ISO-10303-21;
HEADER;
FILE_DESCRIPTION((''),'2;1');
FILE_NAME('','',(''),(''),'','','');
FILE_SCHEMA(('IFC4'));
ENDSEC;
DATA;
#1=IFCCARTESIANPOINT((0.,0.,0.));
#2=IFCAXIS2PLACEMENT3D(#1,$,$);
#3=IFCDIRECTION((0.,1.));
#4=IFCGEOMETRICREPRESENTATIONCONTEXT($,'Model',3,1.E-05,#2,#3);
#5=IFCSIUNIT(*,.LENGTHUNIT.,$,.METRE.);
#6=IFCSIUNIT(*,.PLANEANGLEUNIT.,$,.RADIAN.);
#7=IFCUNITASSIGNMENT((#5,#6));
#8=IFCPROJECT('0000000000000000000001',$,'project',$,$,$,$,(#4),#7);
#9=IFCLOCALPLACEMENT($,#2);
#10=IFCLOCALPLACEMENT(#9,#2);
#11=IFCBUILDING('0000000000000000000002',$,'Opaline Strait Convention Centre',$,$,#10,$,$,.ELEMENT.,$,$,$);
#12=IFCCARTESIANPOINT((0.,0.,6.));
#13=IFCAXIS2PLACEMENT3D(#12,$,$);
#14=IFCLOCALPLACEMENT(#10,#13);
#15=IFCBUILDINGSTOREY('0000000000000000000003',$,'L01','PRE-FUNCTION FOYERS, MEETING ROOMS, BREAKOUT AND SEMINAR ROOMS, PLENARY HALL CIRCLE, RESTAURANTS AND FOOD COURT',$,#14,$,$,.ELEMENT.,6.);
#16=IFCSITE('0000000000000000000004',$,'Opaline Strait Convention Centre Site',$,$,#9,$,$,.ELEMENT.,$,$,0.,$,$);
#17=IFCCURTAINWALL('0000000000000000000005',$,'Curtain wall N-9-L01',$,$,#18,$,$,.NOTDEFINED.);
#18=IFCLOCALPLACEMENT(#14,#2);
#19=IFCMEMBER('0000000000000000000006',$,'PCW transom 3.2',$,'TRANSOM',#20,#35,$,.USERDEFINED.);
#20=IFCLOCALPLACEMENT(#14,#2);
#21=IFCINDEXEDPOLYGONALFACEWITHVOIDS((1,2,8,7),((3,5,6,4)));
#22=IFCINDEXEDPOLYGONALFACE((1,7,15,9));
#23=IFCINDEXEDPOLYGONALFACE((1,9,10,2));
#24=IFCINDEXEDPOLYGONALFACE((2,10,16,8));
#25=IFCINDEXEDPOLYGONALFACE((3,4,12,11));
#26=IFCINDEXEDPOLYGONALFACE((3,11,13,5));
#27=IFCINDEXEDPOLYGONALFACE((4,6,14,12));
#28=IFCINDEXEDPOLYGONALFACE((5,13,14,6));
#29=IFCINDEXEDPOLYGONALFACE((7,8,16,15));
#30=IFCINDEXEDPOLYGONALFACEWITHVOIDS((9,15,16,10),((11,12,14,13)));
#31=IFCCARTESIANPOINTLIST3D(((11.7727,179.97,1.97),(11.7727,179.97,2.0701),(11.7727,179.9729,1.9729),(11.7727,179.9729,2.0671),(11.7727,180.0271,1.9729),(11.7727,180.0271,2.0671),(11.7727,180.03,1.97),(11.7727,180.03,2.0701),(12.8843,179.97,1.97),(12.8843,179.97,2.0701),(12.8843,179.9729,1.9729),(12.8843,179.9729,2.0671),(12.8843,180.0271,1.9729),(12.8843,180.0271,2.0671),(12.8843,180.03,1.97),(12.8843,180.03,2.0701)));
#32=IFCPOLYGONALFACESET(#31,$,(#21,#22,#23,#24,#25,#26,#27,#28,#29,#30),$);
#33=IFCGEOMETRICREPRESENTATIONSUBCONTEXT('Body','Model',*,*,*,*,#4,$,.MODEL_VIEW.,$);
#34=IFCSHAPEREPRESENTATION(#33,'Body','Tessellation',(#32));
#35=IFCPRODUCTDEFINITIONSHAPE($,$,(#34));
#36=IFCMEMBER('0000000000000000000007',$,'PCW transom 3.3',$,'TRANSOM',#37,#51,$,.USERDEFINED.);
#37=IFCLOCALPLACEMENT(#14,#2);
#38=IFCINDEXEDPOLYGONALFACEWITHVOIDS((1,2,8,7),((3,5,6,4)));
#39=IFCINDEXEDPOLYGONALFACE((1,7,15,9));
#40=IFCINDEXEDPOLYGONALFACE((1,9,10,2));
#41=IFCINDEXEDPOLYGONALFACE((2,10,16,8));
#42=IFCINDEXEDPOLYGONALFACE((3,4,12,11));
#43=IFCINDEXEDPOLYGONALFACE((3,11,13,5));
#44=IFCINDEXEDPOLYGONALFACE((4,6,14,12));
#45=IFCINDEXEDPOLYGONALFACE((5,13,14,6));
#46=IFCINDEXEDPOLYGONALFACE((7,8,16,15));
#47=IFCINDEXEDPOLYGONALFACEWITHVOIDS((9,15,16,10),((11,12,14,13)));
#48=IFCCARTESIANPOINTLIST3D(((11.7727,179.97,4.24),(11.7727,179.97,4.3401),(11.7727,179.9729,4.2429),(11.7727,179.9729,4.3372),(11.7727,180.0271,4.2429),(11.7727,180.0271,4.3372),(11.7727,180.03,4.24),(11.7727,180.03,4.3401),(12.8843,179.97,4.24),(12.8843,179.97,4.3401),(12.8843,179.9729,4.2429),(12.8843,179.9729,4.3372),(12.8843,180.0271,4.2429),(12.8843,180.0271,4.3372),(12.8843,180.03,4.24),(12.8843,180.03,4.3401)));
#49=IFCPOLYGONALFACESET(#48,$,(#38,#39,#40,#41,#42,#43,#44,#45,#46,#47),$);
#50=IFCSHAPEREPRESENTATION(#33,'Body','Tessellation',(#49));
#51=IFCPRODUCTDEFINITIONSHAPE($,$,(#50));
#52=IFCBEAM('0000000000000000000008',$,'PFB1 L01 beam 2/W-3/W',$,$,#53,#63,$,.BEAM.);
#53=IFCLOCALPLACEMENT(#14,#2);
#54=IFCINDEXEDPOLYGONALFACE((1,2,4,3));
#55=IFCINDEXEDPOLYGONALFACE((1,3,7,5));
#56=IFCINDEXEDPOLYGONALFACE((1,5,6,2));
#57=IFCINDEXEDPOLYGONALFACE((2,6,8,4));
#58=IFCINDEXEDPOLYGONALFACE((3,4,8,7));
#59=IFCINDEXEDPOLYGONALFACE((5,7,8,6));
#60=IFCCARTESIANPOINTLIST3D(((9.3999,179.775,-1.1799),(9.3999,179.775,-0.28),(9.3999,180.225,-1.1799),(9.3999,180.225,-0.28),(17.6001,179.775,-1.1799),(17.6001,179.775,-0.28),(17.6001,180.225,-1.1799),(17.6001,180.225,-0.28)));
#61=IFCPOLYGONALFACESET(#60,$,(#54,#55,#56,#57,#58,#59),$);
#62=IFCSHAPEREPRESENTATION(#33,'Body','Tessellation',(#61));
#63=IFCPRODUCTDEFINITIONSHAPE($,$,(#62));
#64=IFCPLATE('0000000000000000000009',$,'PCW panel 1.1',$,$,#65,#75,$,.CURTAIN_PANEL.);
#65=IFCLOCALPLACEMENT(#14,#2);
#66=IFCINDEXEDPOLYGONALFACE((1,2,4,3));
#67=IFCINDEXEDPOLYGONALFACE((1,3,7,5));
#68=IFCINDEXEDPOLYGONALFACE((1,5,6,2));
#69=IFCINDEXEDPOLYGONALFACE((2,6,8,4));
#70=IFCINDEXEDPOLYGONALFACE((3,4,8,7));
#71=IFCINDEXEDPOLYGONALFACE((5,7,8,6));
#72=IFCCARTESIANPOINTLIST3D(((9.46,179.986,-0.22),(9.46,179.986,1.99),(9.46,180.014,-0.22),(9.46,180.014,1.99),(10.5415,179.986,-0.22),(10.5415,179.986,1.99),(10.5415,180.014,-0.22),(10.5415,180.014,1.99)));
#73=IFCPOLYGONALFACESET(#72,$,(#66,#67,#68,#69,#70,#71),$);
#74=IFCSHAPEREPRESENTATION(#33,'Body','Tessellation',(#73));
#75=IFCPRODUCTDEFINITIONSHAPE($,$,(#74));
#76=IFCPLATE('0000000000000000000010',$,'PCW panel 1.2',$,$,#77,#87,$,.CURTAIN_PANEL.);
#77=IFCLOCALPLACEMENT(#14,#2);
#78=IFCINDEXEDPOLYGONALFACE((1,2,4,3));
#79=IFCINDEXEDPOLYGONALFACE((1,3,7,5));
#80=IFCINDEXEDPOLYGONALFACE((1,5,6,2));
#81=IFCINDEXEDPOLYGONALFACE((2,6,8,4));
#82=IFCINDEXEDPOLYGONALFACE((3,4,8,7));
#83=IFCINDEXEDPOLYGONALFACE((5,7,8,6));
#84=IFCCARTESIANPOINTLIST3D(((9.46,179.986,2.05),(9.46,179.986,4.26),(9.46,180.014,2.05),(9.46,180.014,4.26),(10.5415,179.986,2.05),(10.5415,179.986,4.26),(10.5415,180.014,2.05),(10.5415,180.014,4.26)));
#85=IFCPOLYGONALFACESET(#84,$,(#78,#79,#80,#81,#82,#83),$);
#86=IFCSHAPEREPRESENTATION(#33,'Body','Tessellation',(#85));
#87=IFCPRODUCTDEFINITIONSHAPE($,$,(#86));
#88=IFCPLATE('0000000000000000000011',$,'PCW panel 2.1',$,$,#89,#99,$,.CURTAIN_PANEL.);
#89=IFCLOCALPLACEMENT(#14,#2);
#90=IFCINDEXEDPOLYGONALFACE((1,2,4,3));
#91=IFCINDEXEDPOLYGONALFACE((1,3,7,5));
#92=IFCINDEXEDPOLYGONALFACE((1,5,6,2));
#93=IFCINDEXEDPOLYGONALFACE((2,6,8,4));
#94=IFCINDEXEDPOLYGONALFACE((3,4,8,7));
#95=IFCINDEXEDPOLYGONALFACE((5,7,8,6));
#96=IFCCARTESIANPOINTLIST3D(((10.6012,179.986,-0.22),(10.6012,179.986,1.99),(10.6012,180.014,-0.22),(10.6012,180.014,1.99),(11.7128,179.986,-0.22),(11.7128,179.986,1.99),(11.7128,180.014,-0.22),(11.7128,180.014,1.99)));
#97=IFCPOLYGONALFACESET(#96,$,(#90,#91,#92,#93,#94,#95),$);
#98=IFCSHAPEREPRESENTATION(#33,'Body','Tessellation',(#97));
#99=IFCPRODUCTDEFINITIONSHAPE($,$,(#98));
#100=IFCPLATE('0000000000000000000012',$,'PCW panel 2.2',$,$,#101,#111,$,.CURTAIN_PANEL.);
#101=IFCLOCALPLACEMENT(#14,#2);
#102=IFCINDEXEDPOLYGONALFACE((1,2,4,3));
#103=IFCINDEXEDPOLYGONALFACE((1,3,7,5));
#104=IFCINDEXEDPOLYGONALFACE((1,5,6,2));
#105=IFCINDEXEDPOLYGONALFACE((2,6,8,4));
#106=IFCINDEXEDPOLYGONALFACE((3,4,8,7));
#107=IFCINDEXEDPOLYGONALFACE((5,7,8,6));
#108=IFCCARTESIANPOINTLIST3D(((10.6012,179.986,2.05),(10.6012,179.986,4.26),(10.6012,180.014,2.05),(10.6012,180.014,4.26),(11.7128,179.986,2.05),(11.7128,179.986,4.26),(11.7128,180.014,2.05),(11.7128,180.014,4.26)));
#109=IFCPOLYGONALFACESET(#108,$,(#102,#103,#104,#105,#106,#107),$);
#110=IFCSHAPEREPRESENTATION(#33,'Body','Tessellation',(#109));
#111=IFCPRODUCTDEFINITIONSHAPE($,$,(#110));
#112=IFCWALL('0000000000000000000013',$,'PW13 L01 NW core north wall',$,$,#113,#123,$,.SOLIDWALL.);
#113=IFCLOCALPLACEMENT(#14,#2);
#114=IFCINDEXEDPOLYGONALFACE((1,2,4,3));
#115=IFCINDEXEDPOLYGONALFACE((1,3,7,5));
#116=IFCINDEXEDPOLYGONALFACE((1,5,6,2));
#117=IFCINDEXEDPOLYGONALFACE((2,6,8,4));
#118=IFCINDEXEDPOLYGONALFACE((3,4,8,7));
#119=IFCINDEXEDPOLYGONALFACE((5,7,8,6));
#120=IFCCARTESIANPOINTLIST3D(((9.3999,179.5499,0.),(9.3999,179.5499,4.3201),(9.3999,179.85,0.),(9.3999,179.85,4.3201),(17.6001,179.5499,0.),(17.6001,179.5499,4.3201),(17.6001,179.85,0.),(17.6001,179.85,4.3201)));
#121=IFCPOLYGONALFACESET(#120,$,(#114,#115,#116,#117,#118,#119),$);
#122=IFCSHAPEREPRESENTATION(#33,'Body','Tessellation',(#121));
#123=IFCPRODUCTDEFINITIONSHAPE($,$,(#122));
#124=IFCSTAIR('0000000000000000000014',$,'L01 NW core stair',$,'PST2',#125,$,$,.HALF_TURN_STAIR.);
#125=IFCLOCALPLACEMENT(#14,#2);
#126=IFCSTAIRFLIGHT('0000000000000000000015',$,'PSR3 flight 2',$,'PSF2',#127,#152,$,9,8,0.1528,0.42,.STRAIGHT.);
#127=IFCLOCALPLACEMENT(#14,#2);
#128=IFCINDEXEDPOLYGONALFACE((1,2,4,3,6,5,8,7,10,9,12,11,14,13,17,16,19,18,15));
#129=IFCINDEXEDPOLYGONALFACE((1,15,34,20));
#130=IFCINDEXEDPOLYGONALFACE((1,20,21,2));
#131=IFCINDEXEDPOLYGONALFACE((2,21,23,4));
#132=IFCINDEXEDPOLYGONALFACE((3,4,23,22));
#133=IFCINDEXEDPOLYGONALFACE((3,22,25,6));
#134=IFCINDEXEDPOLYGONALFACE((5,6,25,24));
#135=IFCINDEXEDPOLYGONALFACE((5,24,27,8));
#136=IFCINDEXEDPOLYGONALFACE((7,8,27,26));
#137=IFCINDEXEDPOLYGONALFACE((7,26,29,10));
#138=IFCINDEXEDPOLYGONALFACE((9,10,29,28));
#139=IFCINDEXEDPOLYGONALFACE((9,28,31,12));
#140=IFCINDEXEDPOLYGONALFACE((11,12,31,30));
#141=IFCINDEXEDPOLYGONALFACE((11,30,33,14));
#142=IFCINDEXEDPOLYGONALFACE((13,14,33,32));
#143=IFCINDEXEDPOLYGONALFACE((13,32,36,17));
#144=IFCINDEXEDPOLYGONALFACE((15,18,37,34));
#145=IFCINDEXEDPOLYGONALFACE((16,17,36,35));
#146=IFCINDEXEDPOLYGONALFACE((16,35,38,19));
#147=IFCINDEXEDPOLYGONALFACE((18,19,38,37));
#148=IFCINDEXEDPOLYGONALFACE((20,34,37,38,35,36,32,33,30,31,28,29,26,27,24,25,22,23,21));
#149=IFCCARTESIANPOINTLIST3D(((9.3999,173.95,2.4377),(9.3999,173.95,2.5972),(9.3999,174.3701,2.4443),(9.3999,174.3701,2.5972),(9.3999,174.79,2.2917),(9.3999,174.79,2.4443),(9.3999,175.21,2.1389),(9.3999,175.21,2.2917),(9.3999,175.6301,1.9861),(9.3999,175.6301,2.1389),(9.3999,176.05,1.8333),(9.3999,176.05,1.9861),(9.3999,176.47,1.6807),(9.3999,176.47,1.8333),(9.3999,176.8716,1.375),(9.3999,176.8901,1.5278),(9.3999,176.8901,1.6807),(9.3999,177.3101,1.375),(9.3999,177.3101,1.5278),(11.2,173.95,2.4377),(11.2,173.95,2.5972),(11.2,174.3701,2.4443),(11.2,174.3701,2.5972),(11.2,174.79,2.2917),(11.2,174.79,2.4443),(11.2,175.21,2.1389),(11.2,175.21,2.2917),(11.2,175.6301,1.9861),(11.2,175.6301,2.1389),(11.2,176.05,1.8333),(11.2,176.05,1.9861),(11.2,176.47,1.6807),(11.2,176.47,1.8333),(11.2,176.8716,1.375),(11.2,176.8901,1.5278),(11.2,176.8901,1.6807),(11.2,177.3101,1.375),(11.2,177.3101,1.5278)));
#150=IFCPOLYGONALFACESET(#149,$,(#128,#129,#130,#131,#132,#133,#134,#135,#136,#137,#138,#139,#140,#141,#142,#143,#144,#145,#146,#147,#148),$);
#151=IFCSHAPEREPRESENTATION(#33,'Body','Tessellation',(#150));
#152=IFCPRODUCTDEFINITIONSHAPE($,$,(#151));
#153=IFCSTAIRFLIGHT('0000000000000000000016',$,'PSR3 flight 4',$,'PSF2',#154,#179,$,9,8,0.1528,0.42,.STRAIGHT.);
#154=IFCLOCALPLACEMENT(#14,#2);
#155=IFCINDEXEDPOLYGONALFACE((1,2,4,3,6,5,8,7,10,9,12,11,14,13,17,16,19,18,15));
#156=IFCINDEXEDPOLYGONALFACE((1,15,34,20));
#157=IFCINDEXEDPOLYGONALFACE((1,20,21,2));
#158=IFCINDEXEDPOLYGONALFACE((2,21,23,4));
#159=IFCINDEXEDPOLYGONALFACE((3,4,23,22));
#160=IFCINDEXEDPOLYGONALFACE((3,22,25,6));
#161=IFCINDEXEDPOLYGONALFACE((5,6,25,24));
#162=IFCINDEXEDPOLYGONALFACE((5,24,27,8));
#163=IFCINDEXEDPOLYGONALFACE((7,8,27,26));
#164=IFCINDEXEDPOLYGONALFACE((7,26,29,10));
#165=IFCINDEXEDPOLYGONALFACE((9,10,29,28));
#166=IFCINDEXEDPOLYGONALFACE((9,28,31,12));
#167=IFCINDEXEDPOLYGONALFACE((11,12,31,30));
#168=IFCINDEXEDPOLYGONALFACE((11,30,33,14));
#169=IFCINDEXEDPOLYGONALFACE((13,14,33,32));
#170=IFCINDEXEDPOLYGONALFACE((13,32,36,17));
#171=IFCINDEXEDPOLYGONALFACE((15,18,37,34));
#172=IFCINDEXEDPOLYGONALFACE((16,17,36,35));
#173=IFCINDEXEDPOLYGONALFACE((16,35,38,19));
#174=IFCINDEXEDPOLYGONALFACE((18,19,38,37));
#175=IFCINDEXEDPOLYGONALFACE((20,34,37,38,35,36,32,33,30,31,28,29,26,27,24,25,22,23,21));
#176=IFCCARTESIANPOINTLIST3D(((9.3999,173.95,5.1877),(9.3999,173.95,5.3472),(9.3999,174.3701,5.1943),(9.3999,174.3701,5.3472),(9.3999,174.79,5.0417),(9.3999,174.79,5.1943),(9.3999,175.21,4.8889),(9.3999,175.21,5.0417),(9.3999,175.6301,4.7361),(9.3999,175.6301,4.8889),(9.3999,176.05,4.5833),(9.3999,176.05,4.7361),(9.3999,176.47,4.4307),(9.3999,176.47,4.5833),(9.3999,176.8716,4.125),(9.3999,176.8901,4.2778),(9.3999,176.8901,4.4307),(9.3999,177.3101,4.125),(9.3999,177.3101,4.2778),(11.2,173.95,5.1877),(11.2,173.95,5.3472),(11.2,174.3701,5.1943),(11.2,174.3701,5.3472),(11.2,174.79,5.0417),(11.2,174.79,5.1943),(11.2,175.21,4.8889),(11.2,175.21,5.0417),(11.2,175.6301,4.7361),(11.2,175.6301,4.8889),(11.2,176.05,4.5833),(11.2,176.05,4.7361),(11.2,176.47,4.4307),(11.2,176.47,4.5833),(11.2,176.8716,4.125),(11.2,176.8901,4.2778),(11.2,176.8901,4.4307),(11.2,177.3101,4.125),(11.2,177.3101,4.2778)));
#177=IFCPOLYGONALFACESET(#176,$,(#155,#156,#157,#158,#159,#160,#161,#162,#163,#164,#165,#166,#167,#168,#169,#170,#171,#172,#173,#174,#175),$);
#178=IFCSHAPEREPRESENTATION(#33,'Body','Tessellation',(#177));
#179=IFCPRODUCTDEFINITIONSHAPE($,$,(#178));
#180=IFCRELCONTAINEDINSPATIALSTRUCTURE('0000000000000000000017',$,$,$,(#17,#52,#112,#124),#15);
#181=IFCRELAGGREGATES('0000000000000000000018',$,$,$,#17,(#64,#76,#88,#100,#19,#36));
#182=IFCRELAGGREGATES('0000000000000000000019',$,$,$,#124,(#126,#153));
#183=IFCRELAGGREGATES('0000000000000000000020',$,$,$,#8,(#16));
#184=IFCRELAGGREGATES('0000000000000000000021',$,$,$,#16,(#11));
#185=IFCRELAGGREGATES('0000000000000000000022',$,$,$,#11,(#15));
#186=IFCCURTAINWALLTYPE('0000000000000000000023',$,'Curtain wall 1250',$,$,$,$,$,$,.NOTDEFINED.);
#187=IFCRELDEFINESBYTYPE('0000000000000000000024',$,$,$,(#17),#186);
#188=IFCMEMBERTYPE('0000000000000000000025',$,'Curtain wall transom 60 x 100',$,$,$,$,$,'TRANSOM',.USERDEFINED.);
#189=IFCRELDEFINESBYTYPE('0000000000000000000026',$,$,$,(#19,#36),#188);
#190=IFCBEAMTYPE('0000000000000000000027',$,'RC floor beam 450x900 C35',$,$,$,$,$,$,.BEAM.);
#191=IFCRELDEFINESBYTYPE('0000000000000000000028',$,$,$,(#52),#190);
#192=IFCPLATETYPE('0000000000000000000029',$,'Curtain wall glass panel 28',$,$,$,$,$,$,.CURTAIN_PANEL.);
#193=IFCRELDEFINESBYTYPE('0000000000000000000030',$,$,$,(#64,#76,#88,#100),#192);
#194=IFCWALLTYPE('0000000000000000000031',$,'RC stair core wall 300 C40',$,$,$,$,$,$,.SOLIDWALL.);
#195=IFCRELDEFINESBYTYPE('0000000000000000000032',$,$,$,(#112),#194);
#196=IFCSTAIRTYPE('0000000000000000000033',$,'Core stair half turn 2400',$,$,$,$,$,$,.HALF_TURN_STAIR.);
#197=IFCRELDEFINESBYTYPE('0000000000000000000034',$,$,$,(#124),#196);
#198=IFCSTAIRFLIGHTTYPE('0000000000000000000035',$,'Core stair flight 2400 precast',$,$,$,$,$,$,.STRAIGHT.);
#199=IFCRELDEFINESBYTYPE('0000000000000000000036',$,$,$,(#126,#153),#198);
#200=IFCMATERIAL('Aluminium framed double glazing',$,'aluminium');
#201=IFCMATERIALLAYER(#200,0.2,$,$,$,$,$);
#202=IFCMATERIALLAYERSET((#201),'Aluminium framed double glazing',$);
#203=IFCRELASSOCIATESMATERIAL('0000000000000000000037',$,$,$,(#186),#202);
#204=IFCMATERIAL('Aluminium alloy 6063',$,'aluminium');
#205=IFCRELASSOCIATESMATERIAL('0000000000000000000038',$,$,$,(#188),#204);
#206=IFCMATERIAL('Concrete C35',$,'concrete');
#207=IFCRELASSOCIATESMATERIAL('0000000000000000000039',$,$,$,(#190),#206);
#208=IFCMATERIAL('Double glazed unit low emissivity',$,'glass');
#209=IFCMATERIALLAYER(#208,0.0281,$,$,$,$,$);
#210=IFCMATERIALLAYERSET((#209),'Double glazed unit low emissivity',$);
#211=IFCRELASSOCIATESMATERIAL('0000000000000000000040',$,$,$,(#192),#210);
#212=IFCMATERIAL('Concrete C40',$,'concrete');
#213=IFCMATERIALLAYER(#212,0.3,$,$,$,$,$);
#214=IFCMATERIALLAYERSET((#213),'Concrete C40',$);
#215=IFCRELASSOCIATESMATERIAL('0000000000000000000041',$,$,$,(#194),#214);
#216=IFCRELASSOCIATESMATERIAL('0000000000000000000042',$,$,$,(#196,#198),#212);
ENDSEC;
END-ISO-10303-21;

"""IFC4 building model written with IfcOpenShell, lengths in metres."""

from ifc_helpers import new_model, si_unit, direction, frame, frame_2d, origin, origin_2d, place, context, subcontext, project, spatial, polyline, rectangle, hollow_rectangle, outline, extrude, material, layer, layer_set, material_profile, profile_set, type_object, element, aggregate, save


model = new_model("IFC4")

# Units and contexts
model_context = context("Model", 3, precision=1e-05, world=origin(), true_north=direction((0.0, 1.0)))
body_context = subcontext(model_context, "Body", "Model", "MODEL_VIEW")
ifc_project = project(units=[si_unit("LENGTHUNIT", "METRE"), si_unit("PLANEANGLEUNIT", "RADIAN")], contexts=[model_context])

# Site, building, storey
site_placement = place(None, origin())
site = spatial("IfcSite", under=ifc_project, at=site_placement, Name="Opaline Strait Convention Centre Site", CompositionType="ELEMENT", RefElevation=0.0)
building_placement = place(site_placement, origin())
building = spatial("IfcBuilding", under=site, at=building_placement, Name="Opaline Strait Convention Centre", CompositionType="ELEMENT")
storey_placement = place(building_placement, frame((0.0, 0.0, 6.0)))
storey = spatial("IfcBuildingStorey", under=building, at=storey_placement, Name="L01", Description="PRE-FUNCTION FOYERS, MEETING ROOMS, BREAKOUT AND SEMINAR ROOMS, PLENARY HALL CIRCLE, RESTAURANTS AND FOOD COURT", CompositionType="ELEMENT", Elevation=6.0)

# Shared definitions
ifc_material_1 = material(Name="Concrete C40", Category="concrete")

# Curtain wall, members
ifc_material_2 = material(Name="Aluminium framed double glazing", Category="aluminium")
ifc_layer_1 = layer(ifc_material_2, 0.2)
ifc_layer_set_1 = layer_set([ifc_layer_1], Name="Aluminium framed double glazing")
curtain_wall_type = type_object("IfcCurtainWallType", Name="Curtain wall 1250", PredefinedType="NOTDEFINED", material=ifc_layer_set_1)
curtain_wall_placement = place(storey_placement, origin())
curtain_wall = element("IfcCurtainWall", 1, at=curtain_wall_placement, inside=storey, type_object=curtain_wall_type, Name="Curtain wall N-9-L01", PredefinedType="NOTDEFINED")
ifc_material_3 = material(Name="Aluminium alloy 6063", Category="aluminium")
ifc_material_profile_1 = material_profile(ifc_material_3, hollow_rectangle(XDim=0.0601, YDim=0.1001, WallThickness=0.0029, at=origin_2d()), Name="TRANSOM 60x100x3")
ifc_profile_set_1 = profile_set([ifc_material_profile_1], Name="Aluminium alloy 6063")
member_type_1 = type_object("IfcMemberType", Name="Curtain wall transom 60 x 100", ElementType="TRANSOM", PredefinedType="USERDEFINED", material=ifc_profile_set_1)
member_1_placement = place(storey_placement, frame((11.7727, 180.0, 2.02), z_axis=(1.0, 0.0, 0.0), x_axis=(0.0, 1.0, 0.0)))
member_1 = element("IfcMember", 2, at=member_1_placement, type_object=member_type_1, Name="PCW transom 3.2", ObjectType="TRANSOM", PredefinedType="USERDEFINED", context=body_context, shape_type="SweptSolid", body=[
    extrude(hollow_rectangle(XDim=0.0601, YDim=0.1001, WallThickness=0.0029, at=origin_2d()), origin(), (0.0, 0.0, 1.0), 1.1116),
])
member_2_placement = place(storey_placement, frame((11.7727, 180.0, 4.29), z_axis=(1.0, 0.0, 0.0), x_axis=(0.0, 1.0, 0.0)))
member_2 = element("IfcMember", 3, at=member_2_placement, type_object=member_type_1, Name="PCW transom 3.3", ObjectType="TRANSOM", PredefinedType="USERDEFINED", context=body_context, shape_type="SweptSolid", body=[
    extrude(hollow_rectangle(XDim=0.0601, YDim=0.1001, WallThickness=0.0029, at=origin_2d()), origin(), (0.0, 0.0, 1.0), 1.1116),
])

# Beam
ifc_material_4 = material(Name="Concrete C35", Category="concrete")
ifc_material_profile_2 = material_profile(ifc_material_4, rectangle(XDim=0.45, YDim=0.8999, at=origin_2d()), Name="RC 450x900")
ifc_profile_set_2 = profile_set([ifc_material_profile_2], Name="Concrete C35")
beam_type = type_object("IfcBeamType", Name="RC floor beam 450x900 C35", PredefinedType="BEAM", material=ifc_profile_set_2)
beam_placement = place(storey_placement, frame((9.3999, 180.0, -0.73), z_axis=(1.0, 0.0, 0.0), x_axis=(0.0, 1.0, 0.0)))
element("IfcBeam", 4, at=beam_placement, inside=storey, type_object=beam_type, Name="PFB1 L01 beam 2/W-3/W", PredefinedType="BEAM", context=body_context, shape_type="SweptSolid", body=[
    extrude(rectangle(XDim=0.45, YDim=0.8999, at=origin_2d()), origin(), (0.0, 0.0, 1.0), 8.2002),
])

# Plates
ifc_material_5 = material(Name="Double glazed unit low emissivity", Category="glass")
ifc_layer_2 = layer(ifc_material_5, 0.0281)
ifc_layer_set_2 = layer_set([ifc_layer_2], Name="Double glazed unit low emissivity")
plate_type = type_object("IfcPlateType", Name="Curtain wall glass panel 28", PredefinedType="CURTAIN_PANEL", material=ifc_layer_set_2)
plate_1_placement = place(storey_placement, frame((10.0007, 180.0, -0.22), z_axis=(0.0, 0.0, 1.0), x_axis=(1.0, 0.0, 0.0)))
plate_1 = element("IfcPlate", 5, at=plate_1_placement, type_object=plate_type, Name="PCW panel 1.1", PredefinedType="CURTAIN_PANEL", context=body_context, shape_type="SweptSolid", body=[
    extrude(rectangle(XDim=1.0815, YDim=0.0281, at=origin_2d()), origin(), (0.0, 0.0, 1.0), 2.21),
])
plate_2_placement = place(storey_placement, frame((10.0007, 180.0, 2.05), z_axis=(0.0, 0.0, 1.0), x_axis=(1.0, 0.0, 0.0)))
plate_2 = element("IfcPlate", 6, at=plate_2_placement, type_object=plate_type, Name="PCW panel 1.2", PredefinedType="CURTAIN_PANEL", context=body_context, shape_type="SweptSolid", body=[
    extrude(rectangle(XDim=1.0815, YDim=0.0281, at=origin_2d()), origin(), (0.0, 0.0, 1.0), 2.21),
])
plate_3_placement = place(storey_placement, frame((11.157, 180.0, -0.22), z_axis=(0.0, 0.0, 1.0), x_axis=(1.0, 0.0, 0.0)))
plate_3 = element("IfcPlate", 7, at=plate_3_placement, type_object=plate_type, Name="PCW panel 2.1", PredefinedType="CURTAIN_PANEL", context=body_context, shape_type="SweptSolid", body=[
    extrude(rectangle(XDim=1.1116, YDim=0.0281, at=origin_2d()), origin(), (0.0, 0.0, 1.0), 2.21),
])
plate_4_placement = place(storey_placement, frame((11.157, 180.0, 2.05), z_axis=(0.0, 0.0, 1.0), x_axis=(1.0, 0.0, 0.0)))
plate_4 = element("IfcPlate", 8, at=plate_4_placement, type_object=plate_type, Name="PCW panel 2.2", PredefinedType="CURTAIN_PANEL", context=body_context, shape_type="SweptSolid", body=[
    extrude(rectangle(XDim=1.1116, YDim=0.0281, at=origin_2d()), origin(), (0.0, 0.0, 1.0), 2.21),
])
aggregate(curtain_wall, [plate_1, plate_2, plate_3, plate_4, member_1, member_2])

# Wall
ifc_layer_3 = layer(ifc_material_1, 0.3)
ifc_layer_set_3 = layer_set([ifc_layer_3], Name="Concrete C40")
wall_type = type_object("IfcWallType", Name="RC stair core wall 300 C40", PredefinedType="SOLIDWALL", material=ifc_layer_set_3)
wall_placement = place(storey_placement, frame((9.3999, 179.7, 0.0), z_axis=(0.0, 0.0, 1.0), x_axis=(1.0, 0.0, 0.0)))
element("IfcWall", 9, at=wall_placement, inside=storey, type_object=wall_type, Name="PW13 L01 NW core north wall", PredefinedType="SOLIDWALL", context=body_context, shape_type="SweptSolid", body=[
    extrude(rectangle(XDim=8.2002, YDim=0.3, at=frame_2d((4.1001, 0.0))), origin(), (0.0, 0.0, 1.0), 4.3201),
])

# Stair, stair flights
stair_type = type_object("IfcStairType", Name="Core stair half turn 2400", PredefinedType="HALF_TURN_STAIR", material=ifc_material_1)
stair_placement = place(storey_placement, origin())
stair = element("IfcStair", 10, at=stair_placement, inside=storey, type_object=stair_type, Name="L01 NW core stair", ObjectType="PST2", PredefinedType="HALF_TURN_STAIR")
stair_flight_type = type_object("IfcStairFlightType", Name="Core stair flight 2400 precast", PredefinedType="STRAIGHT", material=ifc_material_1)
stair_flight_1_placement = place(storey_placement, frame((10.3, 177.3101, 1.375), z_axis=(0.0, 0.0, 1.0), x_axis=(0.0, -1.0, 0.0)))
stair_flight_1 = element("IfcStairFlight", 11, at=stair_flight_1_placement, type_object=stair_flight_type, Name="PSR3 flight 2", ObjectType="PSF2", NumberOfRisers=9, NumberOfTreads=8, PredefinedType="STRAIGHT", RiserHeight=0.1528, TreadLength=0.42, context=body_context, shape_type="SweptSolid", body=[
    extrude(outline(polyline([(0.0, 0.0), (0.0, 0.1528), (0.4199, 0.1528), (0.4199, 0.3057), (0.8401, 0.3057), (0.8401, 0.4583), (1.26, 0.4583), (1.26, 0.6111), (1.6799, 0.6111), (1.6799, 0.7639), (2.1001, 0.7639), (2.1001, 0.9167), (2.52, 0.9167), (2.52, 1.0693), (2.9399, 1.0693), (2.9399, 1.2222), (3.3601, 1.2222), (3.3601, 1.375), (3.3601, 1.0627), (0.4385, 0.0), (0.0, 0.0)])), frame((0.0, 0.8999, 0.0), z_axis=(0.0, -1.0, 0.0), x_axis=(1.0, 0.0, 0.0)), (0.0, 0.0, 1.0), 1.8),
])
stair_flight_2_placement = place(storey_placement, frame((10.3, 177.3101, 4.125), z_axis=(0.0, 0.0, 1.0), x_axis=(0.0, -1.0, 0.0)))
stair_flight_2 = element("IfcStairFlight", 12, at=stair_flight_2_placement, type_object=stair_flight_type, Name="PSR3 flight 4", ObjectType="PSF2", NumberOfRisers=9, NumberOfTreads=8, PredefinedType="STRAIGHT", RiserHeight=0.1528, TreadLength=0.42, context=body_context, shape_type="SweptSolid", body=[
    extrude(outline(polyline([(0.0, 0.0), (0.0, 0.1528), (0.4199, 0.1528), (0.4199, 0.3057), (0.8401, 0.3057), (0.8401, 0.4583), (1.26, 0.4583), (1.26, 0.6111), (1.6799, 0.6111), (1.6799, 0.7639), (2.1001, 0.7639), (2.1001, 0.9167), (2.52, 0.9167), (2.52, 1.0693), (2.9399, 1.0693), (2.9399, 1.2222), (3.3601, 1.2222), (3.3601, 1.375), (3.3601, 1.0627), (0.4385, 0.0), (0.0, 0.0)])), frame((0.0, 0.8999, 0.0), z_axis=(0.0, -1.0, 0.0), x_axis=(1.0, 0.0, 0.0)), (0.0, 0.0, 1.0), 1.8),
])
aggregate(stair, [stair_flight_1, stair_flight_2])

save(model, "model.ifc")
